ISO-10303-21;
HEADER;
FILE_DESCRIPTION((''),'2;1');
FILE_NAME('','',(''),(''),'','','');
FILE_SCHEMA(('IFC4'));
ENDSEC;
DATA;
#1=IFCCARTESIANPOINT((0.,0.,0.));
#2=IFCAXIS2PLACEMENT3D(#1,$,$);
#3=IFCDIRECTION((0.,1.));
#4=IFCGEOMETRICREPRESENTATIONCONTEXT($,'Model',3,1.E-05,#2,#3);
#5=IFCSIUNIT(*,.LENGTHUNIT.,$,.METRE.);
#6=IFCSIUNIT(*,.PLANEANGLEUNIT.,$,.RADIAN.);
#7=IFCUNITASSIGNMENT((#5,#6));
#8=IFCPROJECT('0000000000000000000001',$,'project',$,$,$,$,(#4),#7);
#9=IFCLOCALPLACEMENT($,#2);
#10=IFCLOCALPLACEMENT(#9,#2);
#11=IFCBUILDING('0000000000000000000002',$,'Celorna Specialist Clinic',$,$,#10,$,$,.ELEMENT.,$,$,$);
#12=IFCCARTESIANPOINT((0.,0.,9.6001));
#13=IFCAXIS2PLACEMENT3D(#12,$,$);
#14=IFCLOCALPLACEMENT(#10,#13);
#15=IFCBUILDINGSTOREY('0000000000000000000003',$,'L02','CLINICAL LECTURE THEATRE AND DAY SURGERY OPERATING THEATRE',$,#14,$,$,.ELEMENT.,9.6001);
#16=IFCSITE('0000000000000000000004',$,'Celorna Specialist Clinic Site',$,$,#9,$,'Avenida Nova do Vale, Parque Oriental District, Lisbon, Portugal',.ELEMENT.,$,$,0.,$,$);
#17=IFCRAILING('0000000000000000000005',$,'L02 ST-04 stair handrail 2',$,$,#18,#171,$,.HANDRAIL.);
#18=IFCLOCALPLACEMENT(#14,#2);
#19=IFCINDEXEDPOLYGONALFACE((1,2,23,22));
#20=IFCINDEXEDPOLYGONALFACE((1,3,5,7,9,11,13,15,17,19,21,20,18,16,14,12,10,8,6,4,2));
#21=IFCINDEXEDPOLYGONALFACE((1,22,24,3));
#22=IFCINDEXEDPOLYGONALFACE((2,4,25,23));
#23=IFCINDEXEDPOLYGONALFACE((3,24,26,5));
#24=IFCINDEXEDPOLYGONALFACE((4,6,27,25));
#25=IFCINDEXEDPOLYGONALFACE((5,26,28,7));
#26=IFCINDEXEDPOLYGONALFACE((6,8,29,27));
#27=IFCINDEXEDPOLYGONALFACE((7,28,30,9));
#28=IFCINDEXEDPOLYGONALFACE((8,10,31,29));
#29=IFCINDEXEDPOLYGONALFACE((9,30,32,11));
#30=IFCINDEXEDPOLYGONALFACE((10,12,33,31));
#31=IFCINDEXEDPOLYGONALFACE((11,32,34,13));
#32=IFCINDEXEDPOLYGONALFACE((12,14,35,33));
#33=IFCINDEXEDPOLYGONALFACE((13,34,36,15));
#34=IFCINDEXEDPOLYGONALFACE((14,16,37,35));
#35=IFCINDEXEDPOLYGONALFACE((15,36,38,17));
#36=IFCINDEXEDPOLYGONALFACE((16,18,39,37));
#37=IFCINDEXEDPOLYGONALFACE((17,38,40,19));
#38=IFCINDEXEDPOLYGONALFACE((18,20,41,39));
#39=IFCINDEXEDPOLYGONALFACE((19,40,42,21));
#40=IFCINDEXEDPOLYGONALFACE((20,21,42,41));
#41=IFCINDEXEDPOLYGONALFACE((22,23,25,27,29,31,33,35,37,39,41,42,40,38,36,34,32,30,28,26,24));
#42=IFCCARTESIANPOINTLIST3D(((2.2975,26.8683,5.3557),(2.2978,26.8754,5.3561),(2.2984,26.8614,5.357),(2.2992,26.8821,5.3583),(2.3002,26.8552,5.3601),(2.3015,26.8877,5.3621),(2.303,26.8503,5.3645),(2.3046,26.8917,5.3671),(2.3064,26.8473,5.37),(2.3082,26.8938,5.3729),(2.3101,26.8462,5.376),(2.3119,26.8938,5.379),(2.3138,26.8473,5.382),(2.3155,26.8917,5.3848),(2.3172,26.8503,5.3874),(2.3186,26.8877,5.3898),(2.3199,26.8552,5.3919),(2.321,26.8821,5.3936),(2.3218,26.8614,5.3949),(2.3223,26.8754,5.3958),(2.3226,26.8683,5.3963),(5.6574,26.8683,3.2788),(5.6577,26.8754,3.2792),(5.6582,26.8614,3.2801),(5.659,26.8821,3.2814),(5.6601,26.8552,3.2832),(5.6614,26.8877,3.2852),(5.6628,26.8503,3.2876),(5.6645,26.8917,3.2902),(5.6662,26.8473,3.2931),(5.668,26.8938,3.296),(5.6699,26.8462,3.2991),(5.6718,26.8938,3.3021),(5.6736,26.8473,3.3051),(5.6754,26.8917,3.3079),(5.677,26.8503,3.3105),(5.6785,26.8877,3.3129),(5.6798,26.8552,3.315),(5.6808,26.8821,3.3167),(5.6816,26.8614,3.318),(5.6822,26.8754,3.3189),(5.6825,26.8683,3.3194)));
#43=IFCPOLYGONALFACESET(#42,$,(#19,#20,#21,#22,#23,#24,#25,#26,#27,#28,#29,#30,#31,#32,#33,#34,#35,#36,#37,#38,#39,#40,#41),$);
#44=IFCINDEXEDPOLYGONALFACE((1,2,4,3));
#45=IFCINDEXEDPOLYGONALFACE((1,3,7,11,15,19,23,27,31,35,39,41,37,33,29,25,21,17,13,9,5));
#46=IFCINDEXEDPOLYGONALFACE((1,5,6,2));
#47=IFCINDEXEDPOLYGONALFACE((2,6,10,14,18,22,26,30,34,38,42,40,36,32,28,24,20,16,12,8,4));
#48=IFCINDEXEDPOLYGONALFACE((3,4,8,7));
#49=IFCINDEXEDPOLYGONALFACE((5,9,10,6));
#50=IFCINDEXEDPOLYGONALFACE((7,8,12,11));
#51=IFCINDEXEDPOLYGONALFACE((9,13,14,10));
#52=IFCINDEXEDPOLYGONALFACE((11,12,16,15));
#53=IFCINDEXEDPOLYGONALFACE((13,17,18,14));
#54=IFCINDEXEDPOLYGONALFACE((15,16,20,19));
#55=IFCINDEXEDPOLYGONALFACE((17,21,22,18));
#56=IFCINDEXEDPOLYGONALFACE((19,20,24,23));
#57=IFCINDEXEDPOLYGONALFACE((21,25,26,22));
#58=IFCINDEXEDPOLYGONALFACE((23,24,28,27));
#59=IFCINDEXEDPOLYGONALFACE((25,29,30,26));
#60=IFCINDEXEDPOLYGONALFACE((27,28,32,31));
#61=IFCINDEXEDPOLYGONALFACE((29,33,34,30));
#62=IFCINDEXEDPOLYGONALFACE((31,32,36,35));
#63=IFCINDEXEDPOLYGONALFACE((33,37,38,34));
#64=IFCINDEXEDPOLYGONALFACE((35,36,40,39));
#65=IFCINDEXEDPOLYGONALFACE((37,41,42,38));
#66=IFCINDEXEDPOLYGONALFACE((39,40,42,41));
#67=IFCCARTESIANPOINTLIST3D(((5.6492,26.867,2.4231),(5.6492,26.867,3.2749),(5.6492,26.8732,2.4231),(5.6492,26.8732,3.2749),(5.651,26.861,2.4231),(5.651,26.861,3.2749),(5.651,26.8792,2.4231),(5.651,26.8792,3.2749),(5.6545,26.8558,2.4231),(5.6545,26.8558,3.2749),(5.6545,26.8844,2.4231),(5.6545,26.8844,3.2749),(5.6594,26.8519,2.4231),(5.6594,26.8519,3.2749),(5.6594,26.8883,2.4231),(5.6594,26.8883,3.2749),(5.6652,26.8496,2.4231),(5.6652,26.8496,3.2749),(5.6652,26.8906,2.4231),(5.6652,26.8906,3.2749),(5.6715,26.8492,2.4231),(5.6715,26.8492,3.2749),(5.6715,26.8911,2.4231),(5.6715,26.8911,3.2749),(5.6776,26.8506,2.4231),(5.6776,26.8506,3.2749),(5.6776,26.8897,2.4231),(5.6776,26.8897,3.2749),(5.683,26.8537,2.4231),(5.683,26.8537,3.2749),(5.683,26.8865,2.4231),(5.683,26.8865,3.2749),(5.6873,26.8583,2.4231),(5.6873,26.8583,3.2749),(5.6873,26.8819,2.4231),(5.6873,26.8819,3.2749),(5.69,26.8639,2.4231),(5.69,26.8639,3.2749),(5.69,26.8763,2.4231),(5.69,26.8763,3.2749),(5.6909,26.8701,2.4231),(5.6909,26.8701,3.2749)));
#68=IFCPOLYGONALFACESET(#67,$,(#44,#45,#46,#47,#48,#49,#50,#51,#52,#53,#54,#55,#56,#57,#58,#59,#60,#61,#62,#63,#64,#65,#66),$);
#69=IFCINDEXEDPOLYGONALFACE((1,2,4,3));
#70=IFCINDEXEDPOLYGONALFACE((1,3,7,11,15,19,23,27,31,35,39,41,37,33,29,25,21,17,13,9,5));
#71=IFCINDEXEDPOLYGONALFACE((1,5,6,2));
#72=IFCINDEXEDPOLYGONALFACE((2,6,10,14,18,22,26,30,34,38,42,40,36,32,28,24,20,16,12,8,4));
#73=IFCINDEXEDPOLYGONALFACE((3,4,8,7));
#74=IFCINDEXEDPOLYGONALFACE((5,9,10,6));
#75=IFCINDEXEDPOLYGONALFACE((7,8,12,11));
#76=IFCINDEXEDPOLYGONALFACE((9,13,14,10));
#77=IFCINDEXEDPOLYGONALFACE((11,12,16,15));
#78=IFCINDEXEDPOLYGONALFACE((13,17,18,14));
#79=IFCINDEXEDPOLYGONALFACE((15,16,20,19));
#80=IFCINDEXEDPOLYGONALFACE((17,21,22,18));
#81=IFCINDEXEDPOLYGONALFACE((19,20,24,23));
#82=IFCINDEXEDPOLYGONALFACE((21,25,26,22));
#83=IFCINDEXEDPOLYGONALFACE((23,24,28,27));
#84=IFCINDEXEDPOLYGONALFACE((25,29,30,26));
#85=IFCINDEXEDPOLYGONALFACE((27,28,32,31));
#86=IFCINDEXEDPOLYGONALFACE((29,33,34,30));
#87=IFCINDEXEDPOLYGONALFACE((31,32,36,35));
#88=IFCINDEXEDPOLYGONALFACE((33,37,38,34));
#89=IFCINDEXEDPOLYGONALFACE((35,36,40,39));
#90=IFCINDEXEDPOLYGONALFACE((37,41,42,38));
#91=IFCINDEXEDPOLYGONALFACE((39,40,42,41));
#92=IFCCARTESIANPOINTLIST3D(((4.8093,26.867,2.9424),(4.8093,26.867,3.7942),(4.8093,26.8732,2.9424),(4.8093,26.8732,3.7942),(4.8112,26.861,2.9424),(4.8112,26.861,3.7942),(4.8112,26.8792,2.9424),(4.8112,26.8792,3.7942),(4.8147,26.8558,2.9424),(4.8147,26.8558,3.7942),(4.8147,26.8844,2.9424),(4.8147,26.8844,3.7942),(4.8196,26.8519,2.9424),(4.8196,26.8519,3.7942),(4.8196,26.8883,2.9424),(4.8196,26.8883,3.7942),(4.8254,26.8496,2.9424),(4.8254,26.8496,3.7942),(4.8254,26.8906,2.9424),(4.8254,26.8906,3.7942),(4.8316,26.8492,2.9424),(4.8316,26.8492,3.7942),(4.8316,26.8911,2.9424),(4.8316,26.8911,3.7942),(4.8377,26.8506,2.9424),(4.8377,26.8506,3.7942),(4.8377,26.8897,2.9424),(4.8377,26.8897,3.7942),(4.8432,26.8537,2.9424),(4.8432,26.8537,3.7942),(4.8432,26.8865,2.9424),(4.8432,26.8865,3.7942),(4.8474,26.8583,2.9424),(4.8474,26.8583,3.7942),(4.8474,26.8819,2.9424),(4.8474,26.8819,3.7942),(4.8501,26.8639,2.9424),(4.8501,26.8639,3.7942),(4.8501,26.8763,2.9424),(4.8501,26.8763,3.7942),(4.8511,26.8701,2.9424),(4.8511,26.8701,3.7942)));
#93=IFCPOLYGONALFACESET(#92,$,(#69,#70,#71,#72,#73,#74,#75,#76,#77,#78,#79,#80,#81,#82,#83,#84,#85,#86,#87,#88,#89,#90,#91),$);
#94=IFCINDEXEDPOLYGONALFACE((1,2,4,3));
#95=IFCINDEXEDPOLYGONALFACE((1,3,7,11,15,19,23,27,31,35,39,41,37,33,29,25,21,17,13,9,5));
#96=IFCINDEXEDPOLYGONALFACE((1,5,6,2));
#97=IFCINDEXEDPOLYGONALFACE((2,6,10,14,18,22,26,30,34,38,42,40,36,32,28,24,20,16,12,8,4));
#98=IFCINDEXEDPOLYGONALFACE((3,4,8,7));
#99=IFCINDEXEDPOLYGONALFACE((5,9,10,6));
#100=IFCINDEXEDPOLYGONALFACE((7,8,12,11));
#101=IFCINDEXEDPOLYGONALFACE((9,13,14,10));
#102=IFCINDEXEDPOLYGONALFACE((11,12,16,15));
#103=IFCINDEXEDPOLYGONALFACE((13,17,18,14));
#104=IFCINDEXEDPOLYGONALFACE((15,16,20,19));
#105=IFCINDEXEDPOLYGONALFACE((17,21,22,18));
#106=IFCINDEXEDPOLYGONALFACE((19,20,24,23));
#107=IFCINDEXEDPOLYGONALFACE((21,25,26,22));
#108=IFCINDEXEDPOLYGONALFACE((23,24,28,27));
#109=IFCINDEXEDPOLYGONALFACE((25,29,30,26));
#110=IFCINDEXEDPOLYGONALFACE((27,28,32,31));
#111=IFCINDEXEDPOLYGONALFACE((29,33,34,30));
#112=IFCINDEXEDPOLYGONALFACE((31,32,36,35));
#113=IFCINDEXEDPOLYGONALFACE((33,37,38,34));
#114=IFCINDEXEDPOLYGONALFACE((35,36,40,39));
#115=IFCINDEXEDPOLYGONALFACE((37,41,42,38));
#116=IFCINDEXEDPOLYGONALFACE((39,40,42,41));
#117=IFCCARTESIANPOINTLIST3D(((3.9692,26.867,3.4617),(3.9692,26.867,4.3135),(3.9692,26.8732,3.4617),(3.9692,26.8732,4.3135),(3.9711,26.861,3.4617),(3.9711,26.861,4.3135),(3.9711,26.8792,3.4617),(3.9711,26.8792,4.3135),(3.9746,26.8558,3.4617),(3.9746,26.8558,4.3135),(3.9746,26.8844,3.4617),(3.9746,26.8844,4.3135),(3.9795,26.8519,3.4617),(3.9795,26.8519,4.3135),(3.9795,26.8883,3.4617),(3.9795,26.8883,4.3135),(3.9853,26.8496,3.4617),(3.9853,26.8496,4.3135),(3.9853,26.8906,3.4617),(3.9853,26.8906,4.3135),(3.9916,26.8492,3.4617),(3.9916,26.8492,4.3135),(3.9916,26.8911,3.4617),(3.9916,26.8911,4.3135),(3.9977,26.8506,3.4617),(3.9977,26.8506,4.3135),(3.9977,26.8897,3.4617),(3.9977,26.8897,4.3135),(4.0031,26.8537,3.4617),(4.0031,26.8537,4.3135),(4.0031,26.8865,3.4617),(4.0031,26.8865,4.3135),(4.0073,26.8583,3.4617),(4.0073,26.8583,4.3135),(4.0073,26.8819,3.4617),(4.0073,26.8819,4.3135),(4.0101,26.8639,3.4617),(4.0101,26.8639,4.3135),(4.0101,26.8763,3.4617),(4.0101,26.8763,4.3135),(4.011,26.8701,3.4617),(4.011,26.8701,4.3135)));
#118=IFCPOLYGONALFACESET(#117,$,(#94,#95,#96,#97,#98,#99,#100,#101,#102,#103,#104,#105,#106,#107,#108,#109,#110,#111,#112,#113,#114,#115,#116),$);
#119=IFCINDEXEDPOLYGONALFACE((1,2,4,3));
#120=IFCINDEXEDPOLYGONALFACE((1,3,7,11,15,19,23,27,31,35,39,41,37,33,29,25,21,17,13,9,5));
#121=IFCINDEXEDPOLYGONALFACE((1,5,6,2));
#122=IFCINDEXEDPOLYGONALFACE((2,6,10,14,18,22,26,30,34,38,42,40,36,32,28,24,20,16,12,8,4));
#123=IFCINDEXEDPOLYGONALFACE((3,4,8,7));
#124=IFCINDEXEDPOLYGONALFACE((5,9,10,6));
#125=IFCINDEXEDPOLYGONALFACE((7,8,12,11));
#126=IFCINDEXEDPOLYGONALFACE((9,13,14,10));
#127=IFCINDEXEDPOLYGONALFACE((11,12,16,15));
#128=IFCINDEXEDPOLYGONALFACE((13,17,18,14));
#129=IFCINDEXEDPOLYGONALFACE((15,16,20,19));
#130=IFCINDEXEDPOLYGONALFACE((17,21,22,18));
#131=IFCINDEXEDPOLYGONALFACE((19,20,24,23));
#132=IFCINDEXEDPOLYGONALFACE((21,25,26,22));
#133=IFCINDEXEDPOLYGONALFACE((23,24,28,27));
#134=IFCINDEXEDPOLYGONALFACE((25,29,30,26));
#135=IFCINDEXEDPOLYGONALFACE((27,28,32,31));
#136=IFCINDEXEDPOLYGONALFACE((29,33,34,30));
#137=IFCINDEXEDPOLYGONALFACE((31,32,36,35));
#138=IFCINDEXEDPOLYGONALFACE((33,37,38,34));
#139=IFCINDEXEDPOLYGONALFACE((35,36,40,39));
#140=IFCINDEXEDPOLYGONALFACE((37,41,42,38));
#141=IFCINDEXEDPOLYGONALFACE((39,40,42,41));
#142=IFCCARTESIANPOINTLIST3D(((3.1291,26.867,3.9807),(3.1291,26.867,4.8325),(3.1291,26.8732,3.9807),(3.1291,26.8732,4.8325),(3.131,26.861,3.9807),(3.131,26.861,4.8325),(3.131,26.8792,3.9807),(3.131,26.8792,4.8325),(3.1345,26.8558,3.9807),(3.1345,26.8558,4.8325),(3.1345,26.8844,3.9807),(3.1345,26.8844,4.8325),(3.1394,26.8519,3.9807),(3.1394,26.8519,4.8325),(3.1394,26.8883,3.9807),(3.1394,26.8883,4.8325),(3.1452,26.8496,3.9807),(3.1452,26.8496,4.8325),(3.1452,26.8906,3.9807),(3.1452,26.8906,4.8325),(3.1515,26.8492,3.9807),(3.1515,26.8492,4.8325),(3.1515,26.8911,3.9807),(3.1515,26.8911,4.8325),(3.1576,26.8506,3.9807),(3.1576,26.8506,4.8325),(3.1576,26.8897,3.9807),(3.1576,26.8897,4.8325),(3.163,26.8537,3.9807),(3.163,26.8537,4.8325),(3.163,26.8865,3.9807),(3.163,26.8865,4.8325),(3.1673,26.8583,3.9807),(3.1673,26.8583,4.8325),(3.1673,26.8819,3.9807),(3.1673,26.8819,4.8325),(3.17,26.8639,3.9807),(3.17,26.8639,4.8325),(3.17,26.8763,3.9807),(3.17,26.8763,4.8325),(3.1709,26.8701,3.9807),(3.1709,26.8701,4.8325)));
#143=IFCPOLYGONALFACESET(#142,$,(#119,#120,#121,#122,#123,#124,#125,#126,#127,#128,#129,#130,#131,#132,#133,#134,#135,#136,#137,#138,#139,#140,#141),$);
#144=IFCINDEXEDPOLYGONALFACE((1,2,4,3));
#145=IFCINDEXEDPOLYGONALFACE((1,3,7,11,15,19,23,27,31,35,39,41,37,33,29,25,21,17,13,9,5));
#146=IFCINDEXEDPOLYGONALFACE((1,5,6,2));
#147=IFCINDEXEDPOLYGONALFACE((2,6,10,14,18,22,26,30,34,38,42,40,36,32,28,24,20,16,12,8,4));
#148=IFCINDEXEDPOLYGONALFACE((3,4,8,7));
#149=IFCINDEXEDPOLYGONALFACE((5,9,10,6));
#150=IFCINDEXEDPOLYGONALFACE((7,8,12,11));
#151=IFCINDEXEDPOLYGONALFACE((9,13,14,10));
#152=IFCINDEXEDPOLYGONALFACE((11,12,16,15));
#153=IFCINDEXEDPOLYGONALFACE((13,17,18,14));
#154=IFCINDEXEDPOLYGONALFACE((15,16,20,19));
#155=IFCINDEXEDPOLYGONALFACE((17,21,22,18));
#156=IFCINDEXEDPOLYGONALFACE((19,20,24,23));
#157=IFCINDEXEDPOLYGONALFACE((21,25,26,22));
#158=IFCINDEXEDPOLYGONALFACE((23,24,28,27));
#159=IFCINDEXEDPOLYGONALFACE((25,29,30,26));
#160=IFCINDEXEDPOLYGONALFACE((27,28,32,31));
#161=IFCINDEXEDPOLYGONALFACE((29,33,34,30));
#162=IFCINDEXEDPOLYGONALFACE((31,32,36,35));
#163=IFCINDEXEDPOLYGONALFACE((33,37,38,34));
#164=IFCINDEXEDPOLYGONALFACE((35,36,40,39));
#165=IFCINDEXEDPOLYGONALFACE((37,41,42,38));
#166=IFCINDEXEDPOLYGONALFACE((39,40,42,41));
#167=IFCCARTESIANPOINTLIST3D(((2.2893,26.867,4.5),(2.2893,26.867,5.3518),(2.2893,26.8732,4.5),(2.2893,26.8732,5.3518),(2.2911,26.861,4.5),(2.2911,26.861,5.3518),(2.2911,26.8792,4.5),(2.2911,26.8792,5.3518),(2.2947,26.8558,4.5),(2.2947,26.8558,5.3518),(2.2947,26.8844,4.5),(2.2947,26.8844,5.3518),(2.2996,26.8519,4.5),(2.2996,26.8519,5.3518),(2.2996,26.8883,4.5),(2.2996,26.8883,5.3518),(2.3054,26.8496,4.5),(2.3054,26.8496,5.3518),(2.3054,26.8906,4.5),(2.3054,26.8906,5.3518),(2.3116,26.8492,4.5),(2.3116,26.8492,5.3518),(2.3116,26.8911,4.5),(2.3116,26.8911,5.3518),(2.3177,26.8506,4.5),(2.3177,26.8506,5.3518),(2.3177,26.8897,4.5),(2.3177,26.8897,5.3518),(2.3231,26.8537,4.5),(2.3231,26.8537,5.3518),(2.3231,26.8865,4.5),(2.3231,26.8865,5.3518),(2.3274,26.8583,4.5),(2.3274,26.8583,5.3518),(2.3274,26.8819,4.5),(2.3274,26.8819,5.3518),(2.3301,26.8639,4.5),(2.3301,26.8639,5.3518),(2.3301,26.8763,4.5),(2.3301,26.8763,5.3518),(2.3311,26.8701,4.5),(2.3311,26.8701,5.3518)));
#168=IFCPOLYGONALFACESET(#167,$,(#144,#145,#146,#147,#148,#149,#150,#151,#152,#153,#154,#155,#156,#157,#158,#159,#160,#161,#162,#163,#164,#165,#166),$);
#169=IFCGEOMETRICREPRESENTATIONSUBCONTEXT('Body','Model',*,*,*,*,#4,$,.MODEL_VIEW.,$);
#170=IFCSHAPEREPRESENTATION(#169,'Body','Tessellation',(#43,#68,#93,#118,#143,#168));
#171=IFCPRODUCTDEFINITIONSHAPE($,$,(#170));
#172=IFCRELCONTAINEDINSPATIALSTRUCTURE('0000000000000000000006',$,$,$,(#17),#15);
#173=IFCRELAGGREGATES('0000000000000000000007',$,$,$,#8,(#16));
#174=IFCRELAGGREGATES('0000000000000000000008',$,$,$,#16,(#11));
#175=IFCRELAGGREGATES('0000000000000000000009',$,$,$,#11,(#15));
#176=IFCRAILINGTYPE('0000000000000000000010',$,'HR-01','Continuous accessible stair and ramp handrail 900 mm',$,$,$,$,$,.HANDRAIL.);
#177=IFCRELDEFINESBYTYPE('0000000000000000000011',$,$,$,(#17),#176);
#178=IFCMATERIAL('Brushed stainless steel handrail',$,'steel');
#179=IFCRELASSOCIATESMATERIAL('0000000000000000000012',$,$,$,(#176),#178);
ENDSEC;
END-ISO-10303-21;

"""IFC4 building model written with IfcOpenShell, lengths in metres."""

from ifc_helpers import new_model, si_unit, direction, frame, origin, origin_2d, place, context, subcontext, project, spatial, circle, extrude, material, type_object, element, save


model = new_model("IFC4")

# Units and contexts
model_context = context("Model", 3, precision=1e-05, world=origin(), true_north=direction((0.0, 1.0)))
body_context = subcontext(model_context, "Body", "Model", "MODEL_VIEW")
ifc_project = project(units=[si_unit("LENGTHUNIT", "METRE"), si_unit("PLANEANGLEUNIT", "RADIAN")], contexts=[model_context])

# Site, building, storey
site_placement = place(None, origin())
site = spatial("IfcSite", under=ifc_project, at=site_placement, Name="Celorna Specialist Clinic Site", LongName="Avenida Nova do Vale, Parque Oriental District, Lisbon, Portugal", CompositionType="ELEMENT", RefElevation=0.0)
building_placement = place(site_placement, origin())
building = spatial("IfcBuilding", under=site, at=building_placement, Name="Celorna Specialist Clinic", CompositionType="ELEMENT")
storey_placement = place(building_placement, frame((0.0, 0.0, 9.6001)))
storey = spatial("IfcBuildingStorey", under=building, at=storey_placement, Name="L02", Description="CLINICAL LECTURE THEATRE AND DAY SURGERY OPERATING THEATRE", CompositionType="ELEMENT", Elevation=9.6001)

# Railing
ifc_material_1 = material(Name="Brushed stainless steel handrail", Category="steel")
railing_type_1 = type_object("IfcRailingType", Name="HR-01", Description="Continuous accessible stair and ramp handrail 900 mm", PredefinedType="HANDRAIL", material=ifc_material_1)
railing_1_placement = place(storey_placement, frame((5.6699, 26.8701, 2.4231)))
element("IfcRailing", 1, at=railing_1_placement, inside=storey, type_object=railing_type_1, Name="L02 ST-04 stair handrail 2", PredefinedType="HANDRAIL", context=body_context, shape_type="SweptSolid", body=[
    extrude(circle(Radius=0.0239, at=origin_2d()), frame((0.0, 0.0, 0.876), z_axis=(-0.850606, 0.0, 0.525803), x_axis=(0.0, -1.0, 0.0)), (0.0, 0.0, 1.0), 3.95),
    extrude(circle(Radius=0.021, at=origin_2d()), origin(), (0.0, 0.0, 1.0), 0.8518),
    extrude(circle(Radius=0.021, at=origin_2d()), frame((-0.8398, 0.0, 0.5193)), (0.0, 0.0, 1.0), 0.8518),
    extrude(circle(Radius=0.021, at=origin_2d()), frame((-1.6799, 0.0, 1.0386)), (0.0, 0.0, 1.0), 0.8518),
    extrude(circle(Radius=0.021, at=origin_2d()), frame((-2.52, 0.0, 1.5576)), (0.0, 0.0, 1.0), 0.8518),
    extrude(circle(Radius=0.021, at=origin_2d()), frame((-3.3599, 0.0, 2.0769)), (0.0, 0.0, 1.0), 0.8518),
])

save(model, "model.ifc")
